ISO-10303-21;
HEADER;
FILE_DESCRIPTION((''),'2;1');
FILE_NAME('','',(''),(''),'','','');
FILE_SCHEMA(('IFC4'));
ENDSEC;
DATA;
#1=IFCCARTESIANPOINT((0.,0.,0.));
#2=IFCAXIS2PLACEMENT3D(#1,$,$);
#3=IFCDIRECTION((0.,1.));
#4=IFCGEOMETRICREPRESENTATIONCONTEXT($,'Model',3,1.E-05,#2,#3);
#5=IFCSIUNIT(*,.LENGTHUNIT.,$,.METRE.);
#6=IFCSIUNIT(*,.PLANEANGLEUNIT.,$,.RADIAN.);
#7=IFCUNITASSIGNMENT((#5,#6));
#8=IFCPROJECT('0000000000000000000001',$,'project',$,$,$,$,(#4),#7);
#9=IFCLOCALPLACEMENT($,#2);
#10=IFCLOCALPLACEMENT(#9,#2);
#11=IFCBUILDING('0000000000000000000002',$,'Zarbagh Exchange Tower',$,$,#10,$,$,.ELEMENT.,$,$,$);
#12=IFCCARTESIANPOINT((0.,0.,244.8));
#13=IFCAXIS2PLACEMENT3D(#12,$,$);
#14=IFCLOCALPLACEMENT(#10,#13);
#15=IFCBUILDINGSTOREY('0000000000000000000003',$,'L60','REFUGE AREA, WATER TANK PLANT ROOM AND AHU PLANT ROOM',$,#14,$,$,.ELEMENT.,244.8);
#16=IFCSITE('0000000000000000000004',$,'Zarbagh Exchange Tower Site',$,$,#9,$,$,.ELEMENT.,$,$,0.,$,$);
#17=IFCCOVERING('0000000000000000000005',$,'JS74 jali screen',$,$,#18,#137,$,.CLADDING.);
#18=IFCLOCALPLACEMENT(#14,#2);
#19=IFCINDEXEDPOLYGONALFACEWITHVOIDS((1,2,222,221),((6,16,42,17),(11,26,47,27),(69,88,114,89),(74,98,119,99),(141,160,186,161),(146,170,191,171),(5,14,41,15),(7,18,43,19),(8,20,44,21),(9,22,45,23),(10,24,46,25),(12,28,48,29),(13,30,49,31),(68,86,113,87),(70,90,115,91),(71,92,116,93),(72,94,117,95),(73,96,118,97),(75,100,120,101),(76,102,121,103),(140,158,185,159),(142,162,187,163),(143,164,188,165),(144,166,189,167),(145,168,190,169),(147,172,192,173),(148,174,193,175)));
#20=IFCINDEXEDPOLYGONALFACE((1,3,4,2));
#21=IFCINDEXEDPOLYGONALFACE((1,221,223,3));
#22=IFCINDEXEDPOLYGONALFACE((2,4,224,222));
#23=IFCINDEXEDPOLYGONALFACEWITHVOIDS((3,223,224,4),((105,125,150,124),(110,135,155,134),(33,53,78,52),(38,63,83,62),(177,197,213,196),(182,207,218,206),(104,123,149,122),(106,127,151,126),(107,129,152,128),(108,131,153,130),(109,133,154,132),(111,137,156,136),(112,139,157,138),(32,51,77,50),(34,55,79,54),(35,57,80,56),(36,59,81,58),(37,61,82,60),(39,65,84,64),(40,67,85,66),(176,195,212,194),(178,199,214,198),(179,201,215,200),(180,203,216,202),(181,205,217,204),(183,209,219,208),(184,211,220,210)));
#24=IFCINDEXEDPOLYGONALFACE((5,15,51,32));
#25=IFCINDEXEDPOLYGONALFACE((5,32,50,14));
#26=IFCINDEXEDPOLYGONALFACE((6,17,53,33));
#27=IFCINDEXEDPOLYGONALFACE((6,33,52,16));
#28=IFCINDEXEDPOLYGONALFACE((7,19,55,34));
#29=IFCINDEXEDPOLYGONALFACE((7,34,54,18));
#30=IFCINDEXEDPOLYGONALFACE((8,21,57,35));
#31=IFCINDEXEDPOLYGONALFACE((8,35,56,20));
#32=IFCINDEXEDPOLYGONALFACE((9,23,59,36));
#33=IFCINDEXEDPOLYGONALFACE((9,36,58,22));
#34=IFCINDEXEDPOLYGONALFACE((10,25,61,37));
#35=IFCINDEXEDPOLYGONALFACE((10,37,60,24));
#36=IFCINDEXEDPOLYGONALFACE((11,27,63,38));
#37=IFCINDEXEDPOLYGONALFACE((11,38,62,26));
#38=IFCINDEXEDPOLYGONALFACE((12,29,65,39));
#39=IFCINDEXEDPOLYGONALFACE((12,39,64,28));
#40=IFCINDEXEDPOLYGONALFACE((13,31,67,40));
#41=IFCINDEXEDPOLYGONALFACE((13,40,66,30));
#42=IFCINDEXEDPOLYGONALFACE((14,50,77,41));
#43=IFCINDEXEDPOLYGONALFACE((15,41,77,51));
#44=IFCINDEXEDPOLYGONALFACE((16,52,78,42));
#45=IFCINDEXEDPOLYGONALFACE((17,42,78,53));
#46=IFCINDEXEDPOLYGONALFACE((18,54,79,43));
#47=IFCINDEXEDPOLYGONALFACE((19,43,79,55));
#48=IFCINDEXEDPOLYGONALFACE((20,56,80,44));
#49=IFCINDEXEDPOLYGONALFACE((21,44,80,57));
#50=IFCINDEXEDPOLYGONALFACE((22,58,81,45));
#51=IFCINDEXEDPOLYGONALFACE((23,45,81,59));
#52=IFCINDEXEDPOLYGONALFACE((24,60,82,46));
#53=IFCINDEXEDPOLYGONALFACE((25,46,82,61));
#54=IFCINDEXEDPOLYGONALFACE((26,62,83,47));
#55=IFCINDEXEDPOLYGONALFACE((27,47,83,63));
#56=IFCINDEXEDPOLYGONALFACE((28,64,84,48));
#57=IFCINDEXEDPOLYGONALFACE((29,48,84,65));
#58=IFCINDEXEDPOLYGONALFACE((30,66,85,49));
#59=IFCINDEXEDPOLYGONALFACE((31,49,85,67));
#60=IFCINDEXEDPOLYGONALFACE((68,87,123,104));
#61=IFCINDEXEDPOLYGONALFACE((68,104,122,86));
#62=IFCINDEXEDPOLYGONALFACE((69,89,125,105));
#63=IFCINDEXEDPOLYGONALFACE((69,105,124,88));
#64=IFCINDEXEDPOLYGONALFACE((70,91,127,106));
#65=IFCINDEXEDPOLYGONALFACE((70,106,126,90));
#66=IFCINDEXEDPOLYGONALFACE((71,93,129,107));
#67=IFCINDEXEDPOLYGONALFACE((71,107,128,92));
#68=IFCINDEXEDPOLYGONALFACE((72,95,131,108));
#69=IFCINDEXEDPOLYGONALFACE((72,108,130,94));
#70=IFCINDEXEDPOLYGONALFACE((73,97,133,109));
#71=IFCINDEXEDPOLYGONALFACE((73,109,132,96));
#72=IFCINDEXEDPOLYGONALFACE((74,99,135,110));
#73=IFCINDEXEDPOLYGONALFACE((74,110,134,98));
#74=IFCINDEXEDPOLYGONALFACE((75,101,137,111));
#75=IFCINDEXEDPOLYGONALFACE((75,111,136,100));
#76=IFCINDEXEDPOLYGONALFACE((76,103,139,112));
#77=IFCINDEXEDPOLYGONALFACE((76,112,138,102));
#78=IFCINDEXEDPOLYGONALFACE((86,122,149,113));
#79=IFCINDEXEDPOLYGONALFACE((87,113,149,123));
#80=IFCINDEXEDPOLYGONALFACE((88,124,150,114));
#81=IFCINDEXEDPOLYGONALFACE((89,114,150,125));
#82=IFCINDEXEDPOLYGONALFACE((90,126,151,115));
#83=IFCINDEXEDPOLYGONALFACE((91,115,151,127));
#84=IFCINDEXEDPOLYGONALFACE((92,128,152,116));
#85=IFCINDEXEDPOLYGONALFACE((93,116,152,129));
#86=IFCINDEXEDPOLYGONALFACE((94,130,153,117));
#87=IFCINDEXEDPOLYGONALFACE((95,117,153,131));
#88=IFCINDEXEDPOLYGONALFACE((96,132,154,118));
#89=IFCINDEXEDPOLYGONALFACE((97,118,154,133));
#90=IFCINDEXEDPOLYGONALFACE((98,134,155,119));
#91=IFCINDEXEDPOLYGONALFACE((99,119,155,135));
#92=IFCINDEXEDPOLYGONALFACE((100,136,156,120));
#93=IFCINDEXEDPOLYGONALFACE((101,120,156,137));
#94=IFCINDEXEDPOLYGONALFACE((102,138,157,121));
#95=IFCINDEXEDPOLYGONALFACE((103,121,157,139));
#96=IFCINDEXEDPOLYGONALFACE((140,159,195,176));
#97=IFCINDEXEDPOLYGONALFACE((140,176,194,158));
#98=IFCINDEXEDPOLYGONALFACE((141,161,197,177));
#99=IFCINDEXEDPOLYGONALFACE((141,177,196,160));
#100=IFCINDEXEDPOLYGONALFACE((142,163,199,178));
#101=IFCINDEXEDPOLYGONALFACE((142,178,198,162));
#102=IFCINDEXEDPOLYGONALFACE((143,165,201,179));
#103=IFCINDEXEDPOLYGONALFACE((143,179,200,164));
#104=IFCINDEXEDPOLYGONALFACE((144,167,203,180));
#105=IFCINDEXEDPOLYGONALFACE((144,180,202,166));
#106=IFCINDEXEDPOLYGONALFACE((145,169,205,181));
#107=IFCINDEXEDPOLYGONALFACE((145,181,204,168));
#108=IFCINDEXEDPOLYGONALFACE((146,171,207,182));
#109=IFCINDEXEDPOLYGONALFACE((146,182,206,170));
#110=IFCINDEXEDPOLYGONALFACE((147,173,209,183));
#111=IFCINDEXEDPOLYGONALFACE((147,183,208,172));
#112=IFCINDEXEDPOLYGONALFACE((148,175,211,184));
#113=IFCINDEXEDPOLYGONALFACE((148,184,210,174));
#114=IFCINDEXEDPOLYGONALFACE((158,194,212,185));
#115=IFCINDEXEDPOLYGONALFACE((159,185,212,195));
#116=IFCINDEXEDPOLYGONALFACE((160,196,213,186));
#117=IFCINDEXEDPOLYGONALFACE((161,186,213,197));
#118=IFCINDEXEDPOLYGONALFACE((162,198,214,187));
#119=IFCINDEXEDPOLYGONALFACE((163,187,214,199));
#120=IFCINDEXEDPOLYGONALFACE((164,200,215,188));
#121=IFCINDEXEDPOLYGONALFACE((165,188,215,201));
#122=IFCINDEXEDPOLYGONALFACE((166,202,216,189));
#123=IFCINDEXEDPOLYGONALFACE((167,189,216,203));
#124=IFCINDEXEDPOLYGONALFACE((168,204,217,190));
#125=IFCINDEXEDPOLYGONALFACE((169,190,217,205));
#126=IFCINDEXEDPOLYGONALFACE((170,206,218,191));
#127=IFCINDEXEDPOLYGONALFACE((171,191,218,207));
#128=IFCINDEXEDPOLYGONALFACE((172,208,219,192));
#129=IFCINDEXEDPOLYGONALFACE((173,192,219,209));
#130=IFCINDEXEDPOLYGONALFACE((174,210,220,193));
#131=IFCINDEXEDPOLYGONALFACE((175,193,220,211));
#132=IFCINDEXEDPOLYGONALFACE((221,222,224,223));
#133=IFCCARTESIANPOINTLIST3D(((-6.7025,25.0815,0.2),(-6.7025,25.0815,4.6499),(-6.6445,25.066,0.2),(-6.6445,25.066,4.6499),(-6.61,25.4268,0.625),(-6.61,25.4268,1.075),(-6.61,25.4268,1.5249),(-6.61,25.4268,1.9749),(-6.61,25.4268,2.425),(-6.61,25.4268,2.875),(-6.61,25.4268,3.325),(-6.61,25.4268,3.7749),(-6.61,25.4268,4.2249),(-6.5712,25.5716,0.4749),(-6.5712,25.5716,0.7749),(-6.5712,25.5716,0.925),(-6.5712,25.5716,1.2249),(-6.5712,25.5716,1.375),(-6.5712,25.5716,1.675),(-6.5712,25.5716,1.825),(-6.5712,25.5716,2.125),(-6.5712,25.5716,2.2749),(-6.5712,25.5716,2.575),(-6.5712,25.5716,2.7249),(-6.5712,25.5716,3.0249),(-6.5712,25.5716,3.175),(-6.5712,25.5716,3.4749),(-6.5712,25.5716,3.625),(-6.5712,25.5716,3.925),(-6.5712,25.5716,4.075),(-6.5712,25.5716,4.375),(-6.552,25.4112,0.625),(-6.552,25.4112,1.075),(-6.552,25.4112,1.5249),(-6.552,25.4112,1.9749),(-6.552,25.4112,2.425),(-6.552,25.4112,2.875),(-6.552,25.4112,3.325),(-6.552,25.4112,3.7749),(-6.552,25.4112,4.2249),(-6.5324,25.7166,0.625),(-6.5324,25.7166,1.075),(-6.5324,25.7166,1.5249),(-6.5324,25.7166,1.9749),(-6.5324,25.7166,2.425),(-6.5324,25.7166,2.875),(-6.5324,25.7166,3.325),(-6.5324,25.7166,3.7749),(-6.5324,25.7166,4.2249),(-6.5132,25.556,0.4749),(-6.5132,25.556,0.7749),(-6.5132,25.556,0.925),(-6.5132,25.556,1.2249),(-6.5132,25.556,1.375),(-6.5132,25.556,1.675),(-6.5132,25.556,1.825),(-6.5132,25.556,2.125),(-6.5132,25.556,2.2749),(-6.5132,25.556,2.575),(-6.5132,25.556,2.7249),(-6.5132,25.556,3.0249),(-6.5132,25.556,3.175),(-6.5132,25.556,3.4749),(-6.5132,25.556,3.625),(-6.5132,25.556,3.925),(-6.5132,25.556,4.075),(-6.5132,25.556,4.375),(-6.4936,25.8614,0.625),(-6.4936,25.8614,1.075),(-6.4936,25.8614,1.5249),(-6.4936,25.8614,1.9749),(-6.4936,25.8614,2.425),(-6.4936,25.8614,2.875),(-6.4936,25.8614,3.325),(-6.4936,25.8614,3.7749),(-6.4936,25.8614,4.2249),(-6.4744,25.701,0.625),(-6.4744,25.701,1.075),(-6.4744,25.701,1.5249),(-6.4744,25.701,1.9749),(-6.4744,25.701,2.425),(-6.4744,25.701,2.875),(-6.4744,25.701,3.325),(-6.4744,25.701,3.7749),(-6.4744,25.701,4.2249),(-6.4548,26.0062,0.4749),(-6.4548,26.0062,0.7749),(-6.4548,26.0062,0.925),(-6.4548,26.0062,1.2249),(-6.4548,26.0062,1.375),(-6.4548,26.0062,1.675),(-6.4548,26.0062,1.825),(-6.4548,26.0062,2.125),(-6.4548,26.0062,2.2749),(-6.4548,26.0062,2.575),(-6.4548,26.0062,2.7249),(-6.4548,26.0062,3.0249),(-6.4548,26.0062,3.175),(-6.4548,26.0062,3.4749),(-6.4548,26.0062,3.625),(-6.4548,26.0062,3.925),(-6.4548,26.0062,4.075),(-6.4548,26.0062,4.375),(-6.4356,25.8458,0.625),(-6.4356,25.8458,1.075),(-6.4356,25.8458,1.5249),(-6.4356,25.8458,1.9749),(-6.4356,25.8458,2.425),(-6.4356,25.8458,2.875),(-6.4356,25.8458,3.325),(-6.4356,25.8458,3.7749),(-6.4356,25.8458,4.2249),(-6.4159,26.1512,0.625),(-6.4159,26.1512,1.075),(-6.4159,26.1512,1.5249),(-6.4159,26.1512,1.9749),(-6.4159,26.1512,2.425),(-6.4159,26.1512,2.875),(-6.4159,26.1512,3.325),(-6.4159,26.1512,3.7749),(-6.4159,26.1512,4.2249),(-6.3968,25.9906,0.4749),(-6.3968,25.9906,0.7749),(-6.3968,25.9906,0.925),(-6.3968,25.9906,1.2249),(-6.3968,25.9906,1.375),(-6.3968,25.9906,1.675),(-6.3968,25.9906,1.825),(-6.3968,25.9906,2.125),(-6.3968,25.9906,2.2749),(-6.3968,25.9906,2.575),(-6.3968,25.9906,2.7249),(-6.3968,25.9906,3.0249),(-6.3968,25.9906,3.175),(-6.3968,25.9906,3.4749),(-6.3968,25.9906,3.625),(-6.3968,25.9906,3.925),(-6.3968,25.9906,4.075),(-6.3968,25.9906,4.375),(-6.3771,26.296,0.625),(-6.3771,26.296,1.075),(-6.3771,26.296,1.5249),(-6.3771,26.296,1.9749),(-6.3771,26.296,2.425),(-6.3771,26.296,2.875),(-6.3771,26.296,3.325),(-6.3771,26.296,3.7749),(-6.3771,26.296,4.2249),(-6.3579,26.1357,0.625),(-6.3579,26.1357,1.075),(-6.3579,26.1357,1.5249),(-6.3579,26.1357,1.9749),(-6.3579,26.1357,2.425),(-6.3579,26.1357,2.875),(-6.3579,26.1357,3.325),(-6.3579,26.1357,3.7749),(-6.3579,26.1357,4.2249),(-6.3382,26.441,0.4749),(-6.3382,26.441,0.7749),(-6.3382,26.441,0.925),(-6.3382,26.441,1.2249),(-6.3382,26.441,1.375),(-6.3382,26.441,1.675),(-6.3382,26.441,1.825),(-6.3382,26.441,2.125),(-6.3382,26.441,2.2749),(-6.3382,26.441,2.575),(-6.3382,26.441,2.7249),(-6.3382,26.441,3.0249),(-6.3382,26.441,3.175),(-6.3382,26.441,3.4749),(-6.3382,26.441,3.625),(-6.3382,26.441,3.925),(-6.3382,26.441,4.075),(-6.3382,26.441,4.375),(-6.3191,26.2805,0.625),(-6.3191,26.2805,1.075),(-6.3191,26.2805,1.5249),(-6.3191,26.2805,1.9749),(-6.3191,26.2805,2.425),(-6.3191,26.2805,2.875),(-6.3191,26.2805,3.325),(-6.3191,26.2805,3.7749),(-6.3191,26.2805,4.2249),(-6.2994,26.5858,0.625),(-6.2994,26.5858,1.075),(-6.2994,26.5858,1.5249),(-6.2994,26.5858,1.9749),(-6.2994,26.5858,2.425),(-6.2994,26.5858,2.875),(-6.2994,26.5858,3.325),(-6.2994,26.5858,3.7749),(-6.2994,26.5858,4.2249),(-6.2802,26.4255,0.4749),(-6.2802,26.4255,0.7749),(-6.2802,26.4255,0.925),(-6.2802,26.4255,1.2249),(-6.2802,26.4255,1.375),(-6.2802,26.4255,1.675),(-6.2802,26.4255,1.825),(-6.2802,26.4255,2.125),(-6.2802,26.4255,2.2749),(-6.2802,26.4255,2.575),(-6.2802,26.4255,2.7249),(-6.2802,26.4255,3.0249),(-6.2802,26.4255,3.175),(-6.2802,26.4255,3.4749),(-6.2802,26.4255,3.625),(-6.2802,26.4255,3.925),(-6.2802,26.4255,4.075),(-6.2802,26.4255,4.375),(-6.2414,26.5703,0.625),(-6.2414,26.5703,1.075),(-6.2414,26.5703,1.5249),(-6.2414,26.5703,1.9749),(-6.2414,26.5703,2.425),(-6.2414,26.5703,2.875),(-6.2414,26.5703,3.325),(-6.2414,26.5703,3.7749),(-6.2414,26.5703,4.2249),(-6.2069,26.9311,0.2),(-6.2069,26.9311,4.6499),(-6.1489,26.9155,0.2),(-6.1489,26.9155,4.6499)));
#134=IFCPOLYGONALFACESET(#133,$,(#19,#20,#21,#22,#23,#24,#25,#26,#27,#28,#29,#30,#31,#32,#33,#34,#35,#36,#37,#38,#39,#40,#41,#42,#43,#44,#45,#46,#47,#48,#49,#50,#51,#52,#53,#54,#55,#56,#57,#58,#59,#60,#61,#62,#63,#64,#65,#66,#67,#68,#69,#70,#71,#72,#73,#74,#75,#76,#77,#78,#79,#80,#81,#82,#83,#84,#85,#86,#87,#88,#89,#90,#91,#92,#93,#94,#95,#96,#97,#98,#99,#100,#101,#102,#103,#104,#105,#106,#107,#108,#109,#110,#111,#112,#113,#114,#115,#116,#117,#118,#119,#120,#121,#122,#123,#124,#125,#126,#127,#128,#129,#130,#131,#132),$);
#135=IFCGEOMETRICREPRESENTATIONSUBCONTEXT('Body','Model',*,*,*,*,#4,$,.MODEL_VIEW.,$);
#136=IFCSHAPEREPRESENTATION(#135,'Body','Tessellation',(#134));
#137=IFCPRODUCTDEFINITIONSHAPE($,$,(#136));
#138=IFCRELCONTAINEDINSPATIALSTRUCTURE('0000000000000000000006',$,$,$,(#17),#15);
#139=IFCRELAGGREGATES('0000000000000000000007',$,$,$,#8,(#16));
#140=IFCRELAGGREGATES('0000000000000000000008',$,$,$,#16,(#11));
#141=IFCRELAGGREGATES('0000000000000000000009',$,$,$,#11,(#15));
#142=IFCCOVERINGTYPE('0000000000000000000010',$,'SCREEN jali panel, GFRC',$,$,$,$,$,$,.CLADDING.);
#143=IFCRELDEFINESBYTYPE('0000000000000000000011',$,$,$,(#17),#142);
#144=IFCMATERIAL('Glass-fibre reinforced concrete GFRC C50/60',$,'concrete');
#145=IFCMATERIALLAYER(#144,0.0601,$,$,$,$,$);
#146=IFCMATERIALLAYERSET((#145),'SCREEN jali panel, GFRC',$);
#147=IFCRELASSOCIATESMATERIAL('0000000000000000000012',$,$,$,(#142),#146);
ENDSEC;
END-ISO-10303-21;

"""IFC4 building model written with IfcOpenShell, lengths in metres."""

from ifc_helpers import new_model, si_unit, direction, frame, origin, place, context, subcontext, project, spatial, polyline, outline, extrude, source, transform, mapped, material, layer, layer_set, type_object, element, save


model = new_model("IFC4")

# Units and contexts
model_context = context("Model", 3, precision=1e-05, world=origin(), true_north=direction((0.0, 1.0)))
body_context = subcontext(model_context, "Body", "Model", "MODEL_VIEW")
ifc_project = project(units=[si_unit("LENGTHUNIT", "METRE"), si_unit("PLANEANGLEUNIT", "RADIAN")], contexts=[model_context])

# Site, building, storey
site_placement = place(None, origin())
site = spatial("IfcSite", under=ifc_project, at=site_placement, Name="Zarbagh Exchange Tower Site", CompositionType="ELEMENT", RefElevation=0.0)
building_placement = place(site_placement, origin())
building = spatial("IfcBuilding", under=site, at=building_placement, Name="Zarbagh Exchange Tower", CompositionType="ELEMENT")
storey_placement = place(building_placement, frame((0.0, 0.0, 244.8)))
storey = spatial("IfcBuildingStorey", under=building, at=storey_placement, Name="L60", Description="REFUGE AREA, WATER TANK PLANT ROOM AND AHU PLANT ROOM", CompositionType="ELEMENT", Elevation=244.8)

# Shared definitions
ifc_material_1 = material(Name="Glass-fibre reinforced concrete GFRC C50/60", Category="concrete")
ifc_layer_1 = layer(ifc_material_1, 0.0601)
ifc_layer_set_1 = layer_set([ifc_layer_1], Name="SCREEN jali panel, GFRC")
covering_type = type_object("IfcCoveringType", Name="SCREEN jali panel, GFRC", PredefinedType="CLADDING", material=ifc_layer_set_1)
placement = place(storey_placement, origin())

# Covering
shared_shape_1 = source(origin(), body_context, "Body", "SweptSolid", [
    extrude(outline(polyline([(0.0, 0.0), (1.9148, 0.0), (1.9148, 4.45), (0.0, 4.45), (0.0, 0.0)]), holes=[polyline([(0.3574, 0.425), (0.5073, 0.2749), (0.6575, 0.425), (0.5073, 0.575), (0.3574, 0.425)]), polyline([(0.3574, 0.875), (0.5073, 0.7251), (0.6575, 0.875), (0.5073, 1.0249), (0.3574, 0.875)]), polyline([(0.3574, 1.325), (0.5073, 1.175), (0.6575, 1.325), (0.5073, 1.4751), (0.3574, 1.325)]), polyline([(0.3574, 1.7749), (0.5073, 1.625), (0.6575, 1.7749), (0.5073, 1.925), (0.3574, 1.7749)]), polyline([(0.3574, 2.2251), (0.5073, 2.075), (0.6575, 2.2251), (0.5073, 2.375), (0.3574, 2.2251)]), polyline([(0.3574, 2.675), (0.5073, 2.5249), (0.6575, 2.675), (0.5073, 2.825), (0.3574, 2.675)]), polyline([(0.3574, 3.125), (0.5073, 2.9751), (0.6575, 3.125), (0.5073, 3.2749), (0.3574, 3.125)]), polyline([(0.3574, 3.575), (0.5073, 3.425), (0.6575, 3.575), (0.5073, 3.7251), (0.3574, 3.575)]), polyline([(0.3574, 4.0249), (0.5073, 3.875), (0.6575, 4.0249), (0.5073, 4.175), (0.3574, 4.0249)]), polyline([(0.8074, 0.425), (0.9575, 0.2749), (1.1074, 0.425), (0.9575, 0.575), (0.8074, 0.425)]), polyline([(0.8074, 0.875), (0.9575, 0.7251), (1.1074, 0.875), (0.9575, 1.0249), (0.8074, 0.875)]), polyline([(0.8074, 1.325), (0.9575, 1.175), (1.1074, 1.325), (0.9575, 1.4751), (0.8074, 1.325)]), polyline([(0.8074, 1.7749), (0.9575, 1.625), (1.1074, 1.7749), (0.9575, 1.925), (0.8074, 1.7749)]), polyline([(0.8074, 2.2251), (0.9575, 2.075), (1.1074, 2.2251), (0.9575, 2.375), (0.8074, 2.2251)]), polyline([(0.8074, 2.675), (0.9575, 2.5249), (1.1074, 2.675), (0.9575, 2.825), (0.8074, 2.675)]), polyline([(0.8074, 3.125), (0.9575, 2.9751), (1.1074, 3.125), (0.9575, 3.2749), (0.8074, 3.125)]), polyline([(0.8074, 3.575), (0.9575, 3.425), (1.1074, 3.575), (0.9575, 3.7251), (0.8074, 3.575)]), polyline([(0.8074, 4.0249), (0.9575, 3.875), (1.1074, 4.0249), (0.9575, 4.175), (0.8074, 4.0249)]), polyline([(1.2573, 0.425), (1.4075, 0.2749), (1.5574, 0.425), (1.4075, 0.575), (1.2573, 0.425)]), polyline([(1.2573, 0.875), (1.4075, 0.7251), (1.5574, 0.875), (1.4075, 1.0249), (1.2573, 0.875)]), polyline([(1.2573, 1.325), (1.4075, 1.175), (1.5574, 1.325), (1.4075, 1.4751), (1.2573, 1.325)]), polyline([(1.2573, 1.7749), (1.4075, 1.625), (1.5574, 1.7749), (1.4075, 1.925), (1.2573, 1.7749)]), polyline([(1.2573, 2.2251), (1.4075, 2.075), (1.5574, 2.2251), (1.4075, 2.375), (1.2573, 2.2251)]), polyline([(1.2573, 2.675), (1.4075, 2.5249), (1.5574, 2.675), (1.4075, 2.825), (1.2573, 2.675)]), polyline([(1.2573, 3.125), (1.4075, 2.9751), (1.5574, 3.125), (1.4075, 3.2749), (1.2573, 3.125)]), polyline([(1.2573, 3.575), (1.4075, 3.425), (1.5574, 3.575), (1.4075, 3.7251), (1.2573, 3.575)]), polyline([(1.2573, 4.0249), (1.4075, 3.875), (1.5574, 4.0249), (1.4075, 4.175), (1.2573, 4.0249)])]), origin(), (0.0, 0.0, 1.0), 0.0601),
])
element("IfcCovering", 1, at=placement, inside=storey, type_object=covering_type, Name="JS74 jali screen", PredefinedType="CLADDING", context=body_context, shape_type="MappedRepresentation", body=[
    mapped(shared_shape_1, transform((-6.1489, 26.9155, 0.2), x_axis=(-0.258825, -0.965924, 0.0), y_axis=(0.0, 0.0, 1.0), z_axis=(-0.965924, 0.258825, 0.0))),
])

save(model, "model.ifc")
